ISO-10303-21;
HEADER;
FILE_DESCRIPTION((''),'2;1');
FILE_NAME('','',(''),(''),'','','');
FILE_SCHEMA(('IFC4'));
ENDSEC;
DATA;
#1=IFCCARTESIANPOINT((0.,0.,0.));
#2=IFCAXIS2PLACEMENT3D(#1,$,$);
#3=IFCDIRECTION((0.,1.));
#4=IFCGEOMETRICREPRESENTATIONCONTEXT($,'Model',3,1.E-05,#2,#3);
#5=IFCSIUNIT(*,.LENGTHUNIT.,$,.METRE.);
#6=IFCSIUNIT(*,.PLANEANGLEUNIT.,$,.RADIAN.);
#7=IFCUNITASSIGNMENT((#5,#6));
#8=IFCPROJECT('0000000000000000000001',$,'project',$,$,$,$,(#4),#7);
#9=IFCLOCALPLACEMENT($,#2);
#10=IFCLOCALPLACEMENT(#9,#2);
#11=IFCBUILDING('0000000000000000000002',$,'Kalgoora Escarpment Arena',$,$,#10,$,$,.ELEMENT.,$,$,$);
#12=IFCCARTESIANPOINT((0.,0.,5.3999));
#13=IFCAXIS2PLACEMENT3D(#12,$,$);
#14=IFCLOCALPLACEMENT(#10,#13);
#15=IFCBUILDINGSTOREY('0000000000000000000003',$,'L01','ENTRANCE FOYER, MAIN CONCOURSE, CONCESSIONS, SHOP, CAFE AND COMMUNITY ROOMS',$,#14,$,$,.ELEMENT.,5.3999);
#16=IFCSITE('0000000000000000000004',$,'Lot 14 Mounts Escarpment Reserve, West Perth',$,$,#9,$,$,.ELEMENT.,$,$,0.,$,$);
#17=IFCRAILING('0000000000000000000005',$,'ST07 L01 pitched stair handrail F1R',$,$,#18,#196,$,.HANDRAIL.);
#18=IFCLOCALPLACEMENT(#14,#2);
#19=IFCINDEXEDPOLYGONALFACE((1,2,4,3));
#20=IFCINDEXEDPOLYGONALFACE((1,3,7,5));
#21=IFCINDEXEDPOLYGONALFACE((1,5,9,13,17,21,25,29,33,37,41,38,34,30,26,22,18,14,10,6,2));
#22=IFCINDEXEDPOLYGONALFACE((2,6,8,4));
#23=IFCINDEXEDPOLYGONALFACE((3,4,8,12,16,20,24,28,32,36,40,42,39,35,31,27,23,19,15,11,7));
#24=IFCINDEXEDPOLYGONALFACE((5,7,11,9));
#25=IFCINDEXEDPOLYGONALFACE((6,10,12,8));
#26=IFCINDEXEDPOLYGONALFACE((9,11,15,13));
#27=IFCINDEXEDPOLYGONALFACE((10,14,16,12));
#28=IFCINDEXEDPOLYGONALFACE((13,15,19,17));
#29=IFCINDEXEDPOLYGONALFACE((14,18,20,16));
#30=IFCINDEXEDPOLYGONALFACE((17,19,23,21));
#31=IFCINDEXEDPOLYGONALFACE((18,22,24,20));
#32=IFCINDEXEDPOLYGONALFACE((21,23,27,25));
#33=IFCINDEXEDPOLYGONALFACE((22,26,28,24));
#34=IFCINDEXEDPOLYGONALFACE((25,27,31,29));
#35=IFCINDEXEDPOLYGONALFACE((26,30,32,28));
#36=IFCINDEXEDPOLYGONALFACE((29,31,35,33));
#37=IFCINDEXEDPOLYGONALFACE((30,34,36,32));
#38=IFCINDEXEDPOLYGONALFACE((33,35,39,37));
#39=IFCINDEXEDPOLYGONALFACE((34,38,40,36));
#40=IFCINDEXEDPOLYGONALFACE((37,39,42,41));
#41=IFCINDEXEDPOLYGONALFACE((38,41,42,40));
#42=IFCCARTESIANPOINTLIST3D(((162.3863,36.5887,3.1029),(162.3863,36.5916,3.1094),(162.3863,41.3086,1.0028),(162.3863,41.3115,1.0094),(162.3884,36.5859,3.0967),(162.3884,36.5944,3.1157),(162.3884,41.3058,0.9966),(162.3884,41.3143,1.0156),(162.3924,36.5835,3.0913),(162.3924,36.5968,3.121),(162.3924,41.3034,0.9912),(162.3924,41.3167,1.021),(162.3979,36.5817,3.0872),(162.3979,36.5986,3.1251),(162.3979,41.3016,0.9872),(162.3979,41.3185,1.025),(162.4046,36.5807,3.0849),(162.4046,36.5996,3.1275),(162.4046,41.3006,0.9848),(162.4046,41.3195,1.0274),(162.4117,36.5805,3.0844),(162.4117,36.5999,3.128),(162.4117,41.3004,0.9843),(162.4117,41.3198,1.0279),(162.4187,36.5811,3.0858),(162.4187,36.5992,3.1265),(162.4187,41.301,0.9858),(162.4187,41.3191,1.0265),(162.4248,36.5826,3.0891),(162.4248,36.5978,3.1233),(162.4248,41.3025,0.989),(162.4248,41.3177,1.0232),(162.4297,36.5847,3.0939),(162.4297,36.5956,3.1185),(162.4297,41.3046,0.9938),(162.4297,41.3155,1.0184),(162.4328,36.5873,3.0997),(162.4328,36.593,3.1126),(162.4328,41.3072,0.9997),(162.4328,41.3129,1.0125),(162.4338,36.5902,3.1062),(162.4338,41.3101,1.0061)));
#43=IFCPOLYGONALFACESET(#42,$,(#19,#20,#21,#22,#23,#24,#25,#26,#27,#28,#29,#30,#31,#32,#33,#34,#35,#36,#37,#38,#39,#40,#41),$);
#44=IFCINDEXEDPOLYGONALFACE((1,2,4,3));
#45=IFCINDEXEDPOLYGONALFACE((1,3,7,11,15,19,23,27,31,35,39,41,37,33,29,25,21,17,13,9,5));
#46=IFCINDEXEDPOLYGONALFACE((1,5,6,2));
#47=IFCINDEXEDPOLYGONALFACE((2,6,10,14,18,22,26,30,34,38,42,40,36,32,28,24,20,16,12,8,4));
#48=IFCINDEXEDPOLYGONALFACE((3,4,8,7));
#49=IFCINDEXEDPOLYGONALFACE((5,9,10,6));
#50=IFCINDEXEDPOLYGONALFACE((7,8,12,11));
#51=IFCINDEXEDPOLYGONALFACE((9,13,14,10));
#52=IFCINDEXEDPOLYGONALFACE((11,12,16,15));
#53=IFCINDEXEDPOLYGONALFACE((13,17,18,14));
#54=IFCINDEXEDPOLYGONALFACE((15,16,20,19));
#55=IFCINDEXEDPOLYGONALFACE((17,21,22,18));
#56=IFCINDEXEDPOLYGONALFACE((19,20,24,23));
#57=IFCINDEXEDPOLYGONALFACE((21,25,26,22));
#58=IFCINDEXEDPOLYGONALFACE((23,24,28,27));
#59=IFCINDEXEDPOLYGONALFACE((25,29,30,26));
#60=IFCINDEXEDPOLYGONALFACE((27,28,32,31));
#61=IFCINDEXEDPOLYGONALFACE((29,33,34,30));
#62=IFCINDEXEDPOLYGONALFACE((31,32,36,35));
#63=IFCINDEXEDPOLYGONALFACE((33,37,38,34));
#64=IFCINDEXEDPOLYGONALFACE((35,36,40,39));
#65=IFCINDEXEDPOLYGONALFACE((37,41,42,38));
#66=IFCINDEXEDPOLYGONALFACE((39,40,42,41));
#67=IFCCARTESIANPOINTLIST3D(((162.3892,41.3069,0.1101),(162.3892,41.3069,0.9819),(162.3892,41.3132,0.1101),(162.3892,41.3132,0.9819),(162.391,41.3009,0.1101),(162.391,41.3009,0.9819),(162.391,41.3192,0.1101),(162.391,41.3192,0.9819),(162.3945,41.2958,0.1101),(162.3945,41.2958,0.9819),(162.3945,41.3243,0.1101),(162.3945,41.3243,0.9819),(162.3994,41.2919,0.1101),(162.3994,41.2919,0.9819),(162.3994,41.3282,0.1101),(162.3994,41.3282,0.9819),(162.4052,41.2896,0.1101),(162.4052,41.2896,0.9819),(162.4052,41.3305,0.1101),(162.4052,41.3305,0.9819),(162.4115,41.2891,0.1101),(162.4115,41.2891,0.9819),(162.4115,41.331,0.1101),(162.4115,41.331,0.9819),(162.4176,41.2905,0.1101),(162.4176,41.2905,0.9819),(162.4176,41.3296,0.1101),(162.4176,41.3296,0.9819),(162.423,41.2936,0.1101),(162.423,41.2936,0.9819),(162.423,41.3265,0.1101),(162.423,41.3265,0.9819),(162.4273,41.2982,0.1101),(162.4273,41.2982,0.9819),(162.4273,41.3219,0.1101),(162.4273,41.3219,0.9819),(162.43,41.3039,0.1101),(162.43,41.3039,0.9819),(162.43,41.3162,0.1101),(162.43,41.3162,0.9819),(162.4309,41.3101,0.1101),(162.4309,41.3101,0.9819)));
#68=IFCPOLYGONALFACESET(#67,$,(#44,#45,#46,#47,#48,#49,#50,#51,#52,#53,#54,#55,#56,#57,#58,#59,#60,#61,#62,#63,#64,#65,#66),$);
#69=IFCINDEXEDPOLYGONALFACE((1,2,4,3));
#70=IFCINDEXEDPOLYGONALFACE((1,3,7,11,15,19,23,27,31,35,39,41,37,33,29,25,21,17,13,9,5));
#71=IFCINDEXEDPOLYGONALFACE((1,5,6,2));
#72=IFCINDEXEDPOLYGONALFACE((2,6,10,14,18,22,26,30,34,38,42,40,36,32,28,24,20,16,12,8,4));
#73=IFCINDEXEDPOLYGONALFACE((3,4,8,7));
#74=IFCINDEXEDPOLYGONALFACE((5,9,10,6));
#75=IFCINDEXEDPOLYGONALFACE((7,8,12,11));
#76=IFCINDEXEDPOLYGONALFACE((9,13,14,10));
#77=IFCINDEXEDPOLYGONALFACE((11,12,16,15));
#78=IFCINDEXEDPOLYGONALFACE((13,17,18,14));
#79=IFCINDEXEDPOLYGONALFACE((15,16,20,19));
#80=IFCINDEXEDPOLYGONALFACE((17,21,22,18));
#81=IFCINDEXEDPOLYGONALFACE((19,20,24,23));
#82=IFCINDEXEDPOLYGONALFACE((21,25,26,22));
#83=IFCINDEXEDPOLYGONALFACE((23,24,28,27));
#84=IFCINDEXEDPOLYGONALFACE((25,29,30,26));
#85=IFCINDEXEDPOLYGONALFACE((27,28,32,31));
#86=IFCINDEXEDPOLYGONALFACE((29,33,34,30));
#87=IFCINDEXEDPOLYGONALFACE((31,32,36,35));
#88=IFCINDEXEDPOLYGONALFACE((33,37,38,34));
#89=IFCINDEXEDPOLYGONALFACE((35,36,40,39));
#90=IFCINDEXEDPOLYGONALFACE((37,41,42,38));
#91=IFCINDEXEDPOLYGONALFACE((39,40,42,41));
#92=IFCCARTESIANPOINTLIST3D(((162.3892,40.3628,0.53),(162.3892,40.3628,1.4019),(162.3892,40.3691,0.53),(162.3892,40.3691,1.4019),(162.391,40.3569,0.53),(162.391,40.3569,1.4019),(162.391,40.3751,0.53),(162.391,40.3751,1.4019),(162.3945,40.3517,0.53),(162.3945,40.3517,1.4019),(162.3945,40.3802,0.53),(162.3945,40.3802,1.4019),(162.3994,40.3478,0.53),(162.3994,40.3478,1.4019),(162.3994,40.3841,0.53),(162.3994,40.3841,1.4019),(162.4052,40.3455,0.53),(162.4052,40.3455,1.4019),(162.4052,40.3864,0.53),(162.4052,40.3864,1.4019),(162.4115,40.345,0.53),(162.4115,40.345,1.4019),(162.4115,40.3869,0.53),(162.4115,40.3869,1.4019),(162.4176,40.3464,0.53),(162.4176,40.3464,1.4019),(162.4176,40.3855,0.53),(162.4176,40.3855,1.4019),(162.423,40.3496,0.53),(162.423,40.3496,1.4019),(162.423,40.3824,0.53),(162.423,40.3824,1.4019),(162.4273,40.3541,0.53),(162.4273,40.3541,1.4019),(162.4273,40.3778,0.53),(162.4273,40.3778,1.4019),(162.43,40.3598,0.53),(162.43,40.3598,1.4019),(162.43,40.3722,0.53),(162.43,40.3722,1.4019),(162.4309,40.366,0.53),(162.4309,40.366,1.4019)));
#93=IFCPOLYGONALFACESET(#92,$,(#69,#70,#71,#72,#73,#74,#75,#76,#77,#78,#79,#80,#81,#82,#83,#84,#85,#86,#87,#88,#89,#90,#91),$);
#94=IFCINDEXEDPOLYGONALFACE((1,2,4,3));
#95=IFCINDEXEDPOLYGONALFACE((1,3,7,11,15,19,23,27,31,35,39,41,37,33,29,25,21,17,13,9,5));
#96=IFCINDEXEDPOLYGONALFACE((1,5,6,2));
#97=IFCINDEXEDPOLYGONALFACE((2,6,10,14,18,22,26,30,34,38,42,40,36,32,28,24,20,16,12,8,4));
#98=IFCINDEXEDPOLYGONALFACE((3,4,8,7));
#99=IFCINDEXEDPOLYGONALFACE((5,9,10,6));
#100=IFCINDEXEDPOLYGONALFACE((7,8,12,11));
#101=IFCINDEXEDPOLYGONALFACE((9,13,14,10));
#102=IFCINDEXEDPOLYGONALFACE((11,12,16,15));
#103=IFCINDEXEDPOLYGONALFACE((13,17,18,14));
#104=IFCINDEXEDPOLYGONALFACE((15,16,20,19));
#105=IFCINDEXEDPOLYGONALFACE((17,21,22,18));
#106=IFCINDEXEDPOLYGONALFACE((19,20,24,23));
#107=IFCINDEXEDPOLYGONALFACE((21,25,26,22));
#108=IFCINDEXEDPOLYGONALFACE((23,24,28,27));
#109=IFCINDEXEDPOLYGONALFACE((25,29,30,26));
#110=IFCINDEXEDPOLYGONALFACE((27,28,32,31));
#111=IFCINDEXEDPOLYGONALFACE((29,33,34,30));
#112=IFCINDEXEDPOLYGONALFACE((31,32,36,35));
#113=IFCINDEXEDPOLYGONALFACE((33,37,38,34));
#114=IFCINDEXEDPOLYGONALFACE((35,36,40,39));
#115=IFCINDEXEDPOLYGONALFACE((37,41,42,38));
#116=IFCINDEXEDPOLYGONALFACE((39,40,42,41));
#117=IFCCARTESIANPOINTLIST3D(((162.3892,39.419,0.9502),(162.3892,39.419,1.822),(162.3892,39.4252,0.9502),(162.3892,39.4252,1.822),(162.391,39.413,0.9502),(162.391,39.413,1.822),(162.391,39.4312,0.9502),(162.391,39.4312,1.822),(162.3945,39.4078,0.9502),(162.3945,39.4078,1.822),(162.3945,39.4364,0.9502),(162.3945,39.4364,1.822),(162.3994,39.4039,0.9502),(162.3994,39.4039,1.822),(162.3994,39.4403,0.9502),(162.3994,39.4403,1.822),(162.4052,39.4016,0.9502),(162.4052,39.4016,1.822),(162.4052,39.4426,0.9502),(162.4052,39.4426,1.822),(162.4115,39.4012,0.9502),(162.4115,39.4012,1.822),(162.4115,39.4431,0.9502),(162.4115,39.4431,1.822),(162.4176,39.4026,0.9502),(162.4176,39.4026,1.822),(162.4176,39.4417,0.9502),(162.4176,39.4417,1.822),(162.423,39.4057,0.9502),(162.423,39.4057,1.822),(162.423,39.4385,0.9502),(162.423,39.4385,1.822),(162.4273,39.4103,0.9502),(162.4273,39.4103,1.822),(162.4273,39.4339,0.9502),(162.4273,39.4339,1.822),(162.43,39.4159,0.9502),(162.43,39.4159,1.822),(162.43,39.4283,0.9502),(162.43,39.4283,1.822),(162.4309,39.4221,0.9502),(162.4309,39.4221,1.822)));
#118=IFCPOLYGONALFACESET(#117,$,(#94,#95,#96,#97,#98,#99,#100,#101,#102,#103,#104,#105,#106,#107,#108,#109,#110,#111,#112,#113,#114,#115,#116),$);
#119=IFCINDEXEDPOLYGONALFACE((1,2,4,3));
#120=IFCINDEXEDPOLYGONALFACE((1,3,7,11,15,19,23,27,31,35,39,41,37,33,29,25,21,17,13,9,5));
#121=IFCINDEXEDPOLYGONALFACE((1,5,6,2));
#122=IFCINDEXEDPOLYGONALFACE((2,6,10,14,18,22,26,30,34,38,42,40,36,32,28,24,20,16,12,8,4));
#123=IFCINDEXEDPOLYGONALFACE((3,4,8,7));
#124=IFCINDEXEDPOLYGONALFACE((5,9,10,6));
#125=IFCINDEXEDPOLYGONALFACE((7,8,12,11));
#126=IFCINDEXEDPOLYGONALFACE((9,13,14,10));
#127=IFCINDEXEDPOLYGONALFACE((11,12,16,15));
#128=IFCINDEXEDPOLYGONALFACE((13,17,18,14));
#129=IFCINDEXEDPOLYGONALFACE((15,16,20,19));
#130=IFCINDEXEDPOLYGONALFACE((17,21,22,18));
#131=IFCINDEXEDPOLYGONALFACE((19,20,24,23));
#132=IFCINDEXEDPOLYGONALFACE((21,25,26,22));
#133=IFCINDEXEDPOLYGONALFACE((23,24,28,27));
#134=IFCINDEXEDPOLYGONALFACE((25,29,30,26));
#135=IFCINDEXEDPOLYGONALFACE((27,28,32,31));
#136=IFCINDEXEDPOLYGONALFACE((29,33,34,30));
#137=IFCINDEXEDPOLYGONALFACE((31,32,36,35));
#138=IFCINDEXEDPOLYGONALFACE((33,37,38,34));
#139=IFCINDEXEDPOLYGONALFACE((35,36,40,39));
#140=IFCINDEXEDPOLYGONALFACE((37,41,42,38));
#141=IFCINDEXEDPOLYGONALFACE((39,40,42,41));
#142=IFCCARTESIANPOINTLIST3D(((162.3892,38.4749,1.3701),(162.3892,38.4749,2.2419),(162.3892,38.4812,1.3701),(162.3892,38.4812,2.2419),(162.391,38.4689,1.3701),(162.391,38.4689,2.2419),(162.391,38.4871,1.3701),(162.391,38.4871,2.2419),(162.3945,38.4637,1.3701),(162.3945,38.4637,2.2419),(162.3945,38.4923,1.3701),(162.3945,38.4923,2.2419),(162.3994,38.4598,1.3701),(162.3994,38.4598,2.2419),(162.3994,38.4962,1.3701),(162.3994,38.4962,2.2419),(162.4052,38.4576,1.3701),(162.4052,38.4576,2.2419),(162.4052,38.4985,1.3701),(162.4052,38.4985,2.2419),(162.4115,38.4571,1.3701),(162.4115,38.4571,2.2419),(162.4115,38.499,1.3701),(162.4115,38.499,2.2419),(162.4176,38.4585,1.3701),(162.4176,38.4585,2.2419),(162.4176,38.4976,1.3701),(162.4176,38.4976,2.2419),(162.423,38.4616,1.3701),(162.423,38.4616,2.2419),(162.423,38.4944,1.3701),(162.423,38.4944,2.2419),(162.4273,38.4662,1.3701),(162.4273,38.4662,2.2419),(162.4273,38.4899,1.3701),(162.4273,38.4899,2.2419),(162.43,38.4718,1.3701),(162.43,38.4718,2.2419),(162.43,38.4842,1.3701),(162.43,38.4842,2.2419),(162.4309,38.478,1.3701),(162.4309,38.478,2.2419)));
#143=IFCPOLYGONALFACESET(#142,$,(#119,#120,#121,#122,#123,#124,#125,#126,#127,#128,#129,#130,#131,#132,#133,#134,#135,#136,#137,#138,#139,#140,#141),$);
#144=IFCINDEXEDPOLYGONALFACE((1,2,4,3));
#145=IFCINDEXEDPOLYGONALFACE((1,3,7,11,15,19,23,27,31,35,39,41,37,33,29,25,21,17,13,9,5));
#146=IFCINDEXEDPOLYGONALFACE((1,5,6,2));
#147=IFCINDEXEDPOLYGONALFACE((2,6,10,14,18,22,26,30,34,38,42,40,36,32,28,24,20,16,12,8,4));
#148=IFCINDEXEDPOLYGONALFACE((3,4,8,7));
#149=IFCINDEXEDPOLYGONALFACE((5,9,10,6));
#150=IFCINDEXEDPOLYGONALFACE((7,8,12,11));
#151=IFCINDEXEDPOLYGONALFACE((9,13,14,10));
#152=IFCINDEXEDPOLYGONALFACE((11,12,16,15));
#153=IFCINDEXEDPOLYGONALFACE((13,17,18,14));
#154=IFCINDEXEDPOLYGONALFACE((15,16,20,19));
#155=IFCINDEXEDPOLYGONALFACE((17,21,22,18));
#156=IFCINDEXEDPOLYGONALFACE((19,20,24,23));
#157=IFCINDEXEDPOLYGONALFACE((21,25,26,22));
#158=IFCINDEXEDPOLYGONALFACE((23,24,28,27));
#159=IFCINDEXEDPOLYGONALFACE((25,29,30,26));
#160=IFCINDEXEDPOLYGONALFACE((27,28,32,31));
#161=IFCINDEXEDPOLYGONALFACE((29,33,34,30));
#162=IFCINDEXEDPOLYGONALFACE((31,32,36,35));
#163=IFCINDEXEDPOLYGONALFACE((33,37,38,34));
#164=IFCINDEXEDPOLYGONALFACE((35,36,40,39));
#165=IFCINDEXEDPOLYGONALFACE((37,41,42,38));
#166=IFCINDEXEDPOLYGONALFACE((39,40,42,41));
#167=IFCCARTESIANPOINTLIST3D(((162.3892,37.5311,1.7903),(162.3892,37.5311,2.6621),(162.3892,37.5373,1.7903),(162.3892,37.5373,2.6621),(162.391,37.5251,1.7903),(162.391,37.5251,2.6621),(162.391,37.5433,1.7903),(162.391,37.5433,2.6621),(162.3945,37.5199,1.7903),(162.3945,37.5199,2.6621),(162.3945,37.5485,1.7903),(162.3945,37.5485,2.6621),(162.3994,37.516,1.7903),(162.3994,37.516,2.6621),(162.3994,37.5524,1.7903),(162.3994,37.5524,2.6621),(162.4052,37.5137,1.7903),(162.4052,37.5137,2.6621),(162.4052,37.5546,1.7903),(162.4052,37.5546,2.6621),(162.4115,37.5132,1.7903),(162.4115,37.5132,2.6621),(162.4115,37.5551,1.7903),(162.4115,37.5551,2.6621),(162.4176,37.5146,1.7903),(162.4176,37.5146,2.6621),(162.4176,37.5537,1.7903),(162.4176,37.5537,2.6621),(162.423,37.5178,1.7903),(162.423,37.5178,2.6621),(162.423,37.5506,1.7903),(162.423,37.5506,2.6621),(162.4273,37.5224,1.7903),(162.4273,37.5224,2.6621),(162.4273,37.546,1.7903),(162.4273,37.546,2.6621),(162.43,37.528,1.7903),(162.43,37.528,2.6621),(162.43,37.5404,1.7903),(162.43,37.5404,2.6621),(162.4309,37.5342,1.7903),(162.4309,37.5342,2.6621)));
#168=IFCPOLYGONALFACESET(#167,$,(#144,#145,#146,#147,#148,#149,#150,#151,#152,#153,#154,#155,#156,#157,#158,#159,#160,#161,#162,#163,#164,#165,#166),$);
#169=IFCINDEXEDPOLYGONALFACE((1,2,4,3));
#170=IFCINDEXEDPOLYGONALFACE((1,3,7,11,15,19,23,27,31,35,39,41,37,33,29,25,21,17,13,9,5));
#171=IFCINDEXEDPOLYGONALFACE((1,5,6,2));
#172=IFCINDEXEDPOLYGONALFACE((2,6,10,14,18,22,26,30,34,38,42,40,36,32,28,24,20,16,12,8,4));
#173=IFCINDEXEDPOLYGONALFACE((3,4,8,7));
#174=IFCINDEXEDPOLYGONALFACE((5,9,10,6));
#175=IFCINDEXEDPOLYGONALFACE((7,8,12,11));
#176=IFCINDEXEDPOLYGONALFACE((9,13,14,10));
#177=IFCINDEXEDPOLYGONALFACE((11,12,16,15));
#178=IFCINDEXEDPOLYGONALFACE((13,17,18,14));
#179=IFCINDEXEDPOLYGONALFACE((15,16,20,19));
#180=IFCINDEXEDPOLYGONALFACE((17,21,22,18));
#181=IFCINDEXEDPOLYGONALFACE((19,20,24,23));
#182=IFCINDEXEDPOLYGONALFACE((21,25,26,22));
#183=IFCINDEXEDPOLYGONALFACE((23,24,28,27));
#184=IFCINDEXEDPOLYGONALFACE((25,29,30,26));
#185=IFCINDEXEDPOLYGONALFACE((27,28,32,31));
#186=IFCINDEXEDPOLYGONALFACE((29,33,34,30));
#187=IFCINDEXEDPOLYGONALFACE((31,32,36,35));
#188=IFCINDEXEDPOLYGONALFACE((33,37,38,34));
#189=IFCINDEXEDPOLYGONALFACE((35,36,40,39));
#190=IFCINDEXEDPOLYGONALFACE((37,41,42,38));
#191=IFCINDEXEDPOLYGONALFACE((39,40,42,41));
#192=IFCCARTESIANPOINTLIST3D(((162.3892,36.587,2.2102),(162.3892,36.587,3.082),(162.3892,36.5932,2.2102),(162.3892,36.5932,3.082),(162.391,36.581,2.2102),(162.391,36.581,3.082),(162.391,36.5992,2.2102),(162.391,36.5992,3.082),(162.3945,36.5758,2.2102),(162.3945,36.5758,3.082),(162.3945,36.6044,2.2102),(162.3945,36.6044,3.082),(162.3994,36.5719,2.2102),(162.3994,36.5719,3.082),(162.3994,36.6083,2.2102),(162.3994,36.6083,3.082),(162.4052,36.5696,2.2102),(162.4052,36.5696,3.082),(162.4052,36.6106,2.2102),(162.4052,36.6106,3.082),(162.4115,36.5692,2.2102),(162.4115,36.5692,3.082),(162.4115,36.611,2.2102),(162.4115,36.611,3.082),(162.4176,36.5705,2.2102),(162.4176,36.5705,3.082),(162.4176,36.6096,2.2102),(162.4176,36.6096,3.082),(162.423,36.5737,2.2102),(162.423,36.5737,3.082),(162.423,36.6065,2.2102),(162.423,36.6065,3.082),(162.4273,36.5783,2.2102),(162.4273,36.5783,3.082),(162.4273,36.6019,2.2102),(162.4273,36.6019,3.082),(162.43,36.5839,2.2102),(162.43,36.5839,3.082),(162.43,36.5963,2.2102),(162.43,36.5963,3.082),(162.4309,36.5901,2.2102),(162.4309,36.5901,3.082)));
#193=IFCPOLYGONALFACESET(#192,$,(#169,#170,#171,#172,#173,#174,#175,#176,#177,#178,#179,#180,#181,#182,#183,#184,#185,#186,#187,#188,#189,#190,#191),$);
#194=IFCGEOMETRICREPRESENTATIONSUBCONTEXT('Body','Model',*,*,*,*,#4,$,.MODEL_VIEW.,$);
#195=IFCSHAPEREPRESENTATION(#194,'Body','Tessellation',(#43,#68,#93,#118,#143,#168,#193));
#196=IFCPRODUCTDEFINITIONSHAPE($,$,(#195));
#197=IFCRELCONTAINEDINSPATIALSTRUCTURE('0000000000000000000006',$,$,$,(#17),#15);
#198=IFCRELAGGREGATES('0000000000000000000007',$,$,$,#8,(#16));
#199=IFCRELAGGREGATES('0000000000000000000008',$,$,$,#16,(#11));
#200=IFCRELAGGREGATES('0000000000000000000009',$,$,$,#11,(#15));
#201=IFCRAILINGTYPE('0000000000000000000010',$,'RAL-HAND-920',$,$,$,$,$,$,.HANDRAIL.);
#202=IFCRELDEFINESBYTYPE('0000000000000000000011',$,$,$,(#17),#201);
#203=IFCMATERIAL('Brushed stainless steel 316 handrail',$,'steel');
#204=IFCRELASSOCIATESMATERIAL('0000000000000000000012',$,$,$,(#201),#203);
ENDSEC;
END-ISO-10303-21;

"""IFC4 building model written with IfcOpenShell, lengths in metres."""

from ifc_helpers import new_model, si_unit, direction, frame, origin, origin_2d, place, context, subcontext, project, spatial, circle, extrude, material, type_object, element, save


model = new_model("IFC4")

# Units and contexts
model_context = context("Model", 3, precision=1e-05, world=origin(), true_north=direction((0.0, 1.0)))
body_context = subcontext(model_context, "Body", "Model", "MODEL_VIEW")
ifc_project = project(units=[si_unit("LENGTHUNIT", "METRE"), si_unit("PLANEANGLEUNIT", "RADIAN")], contexts=[model_context])

# Site, building, storey
site_placement = place(None, origin())
site = spatial("IfcSite", under=ifc_project, at=site_placement, Name="Lot 14 Mounts Escarpment Reserve, West Perth", CompositionType="ELEMENT", RefElevation=0.0)
building_placement = place(site_placement, origin())
building = spatial("IfcBuilding", under=site, at=building_placement, Name="Kalgoora Escarpment Arena", CompositionType="ELEMENT")
storey_placement = place(building_placement, frame((0.0, 0.0, 5.3999)))
storey = spatial("IfcBuildingStorey", under=building, at=storey_placement, Name="L01", Description="ENTRANCE FOYER, MAIN CONCOURSE, CONCESSIONS, SHOP, CAFE AND COMMUNITY ROOMS", CompositionType="ELEMENT", Elevation=5.3999)

# Railing
ifc_material_1 = material(Name="Brushed stainless steel 316 handrail", Category="steel")
railing_type_1 = type_object("IfcRailingType", Name="RAL-HAND-920", PredefinedType="HANDRAIL", material=ifc_material_1)
for number, where, name in (
    (1, (162.4099, 41.3101, 0.1101), "ST07 L01 pitched stair handrail F1R"),
):
    element("IfcRailing", number, at=place(storey_placement, frame(where)), inside=storey, type_object=railing_type_1, Name=name, PredefinedType="HANDRAIL", context=body_context, shape_type="SweptSolid", body=[
        extrude(circle(Radius=0.0239, at=origin_2d()), frame((0.0, 0.0, 0.896), z_axis=(0.0, -0.913644, 0.406516), x_axis=(1.0, 0.0, 0.0)), (0.0, 0.0, 1.0), 5.166),
        extrude(circle(Radius=0.021, at=origin_2d()), origin(), (0.0, 0.0, 1.0), 0.8718),
        extrude(circle(Radius=0.021, at=origin_2d()), frame((0.0, -0.9441, 0.4199)), (0.0, 0.0, 1.0), 0.8718),
        extrude(circle(Radius=0.021, at=origin_2d()), frame((0.0, -1.8879, 0.8401)), (0.0, 0.0, 1.0), 0.8718),
        extrude(circle(Radius=0.021, at=origin_2d()), frame((0.0, -2.832, 1.26)), (0.0, 0.0, 1.0), 0.8718),
        extrude(circle(Radius=0.021, at=origin_2d()), frame((0.0, -3.7759, 1.6802)), (0.0, 0.0, 1.0), 0.8718),
        extrude(circle(Radius=0.021, at=origin_2d()), frame((0.0, -4.72, 2.1001)), (0.0, 0.0, 1.0), 0.8718),
    ])

save(model, "model.ifc")
